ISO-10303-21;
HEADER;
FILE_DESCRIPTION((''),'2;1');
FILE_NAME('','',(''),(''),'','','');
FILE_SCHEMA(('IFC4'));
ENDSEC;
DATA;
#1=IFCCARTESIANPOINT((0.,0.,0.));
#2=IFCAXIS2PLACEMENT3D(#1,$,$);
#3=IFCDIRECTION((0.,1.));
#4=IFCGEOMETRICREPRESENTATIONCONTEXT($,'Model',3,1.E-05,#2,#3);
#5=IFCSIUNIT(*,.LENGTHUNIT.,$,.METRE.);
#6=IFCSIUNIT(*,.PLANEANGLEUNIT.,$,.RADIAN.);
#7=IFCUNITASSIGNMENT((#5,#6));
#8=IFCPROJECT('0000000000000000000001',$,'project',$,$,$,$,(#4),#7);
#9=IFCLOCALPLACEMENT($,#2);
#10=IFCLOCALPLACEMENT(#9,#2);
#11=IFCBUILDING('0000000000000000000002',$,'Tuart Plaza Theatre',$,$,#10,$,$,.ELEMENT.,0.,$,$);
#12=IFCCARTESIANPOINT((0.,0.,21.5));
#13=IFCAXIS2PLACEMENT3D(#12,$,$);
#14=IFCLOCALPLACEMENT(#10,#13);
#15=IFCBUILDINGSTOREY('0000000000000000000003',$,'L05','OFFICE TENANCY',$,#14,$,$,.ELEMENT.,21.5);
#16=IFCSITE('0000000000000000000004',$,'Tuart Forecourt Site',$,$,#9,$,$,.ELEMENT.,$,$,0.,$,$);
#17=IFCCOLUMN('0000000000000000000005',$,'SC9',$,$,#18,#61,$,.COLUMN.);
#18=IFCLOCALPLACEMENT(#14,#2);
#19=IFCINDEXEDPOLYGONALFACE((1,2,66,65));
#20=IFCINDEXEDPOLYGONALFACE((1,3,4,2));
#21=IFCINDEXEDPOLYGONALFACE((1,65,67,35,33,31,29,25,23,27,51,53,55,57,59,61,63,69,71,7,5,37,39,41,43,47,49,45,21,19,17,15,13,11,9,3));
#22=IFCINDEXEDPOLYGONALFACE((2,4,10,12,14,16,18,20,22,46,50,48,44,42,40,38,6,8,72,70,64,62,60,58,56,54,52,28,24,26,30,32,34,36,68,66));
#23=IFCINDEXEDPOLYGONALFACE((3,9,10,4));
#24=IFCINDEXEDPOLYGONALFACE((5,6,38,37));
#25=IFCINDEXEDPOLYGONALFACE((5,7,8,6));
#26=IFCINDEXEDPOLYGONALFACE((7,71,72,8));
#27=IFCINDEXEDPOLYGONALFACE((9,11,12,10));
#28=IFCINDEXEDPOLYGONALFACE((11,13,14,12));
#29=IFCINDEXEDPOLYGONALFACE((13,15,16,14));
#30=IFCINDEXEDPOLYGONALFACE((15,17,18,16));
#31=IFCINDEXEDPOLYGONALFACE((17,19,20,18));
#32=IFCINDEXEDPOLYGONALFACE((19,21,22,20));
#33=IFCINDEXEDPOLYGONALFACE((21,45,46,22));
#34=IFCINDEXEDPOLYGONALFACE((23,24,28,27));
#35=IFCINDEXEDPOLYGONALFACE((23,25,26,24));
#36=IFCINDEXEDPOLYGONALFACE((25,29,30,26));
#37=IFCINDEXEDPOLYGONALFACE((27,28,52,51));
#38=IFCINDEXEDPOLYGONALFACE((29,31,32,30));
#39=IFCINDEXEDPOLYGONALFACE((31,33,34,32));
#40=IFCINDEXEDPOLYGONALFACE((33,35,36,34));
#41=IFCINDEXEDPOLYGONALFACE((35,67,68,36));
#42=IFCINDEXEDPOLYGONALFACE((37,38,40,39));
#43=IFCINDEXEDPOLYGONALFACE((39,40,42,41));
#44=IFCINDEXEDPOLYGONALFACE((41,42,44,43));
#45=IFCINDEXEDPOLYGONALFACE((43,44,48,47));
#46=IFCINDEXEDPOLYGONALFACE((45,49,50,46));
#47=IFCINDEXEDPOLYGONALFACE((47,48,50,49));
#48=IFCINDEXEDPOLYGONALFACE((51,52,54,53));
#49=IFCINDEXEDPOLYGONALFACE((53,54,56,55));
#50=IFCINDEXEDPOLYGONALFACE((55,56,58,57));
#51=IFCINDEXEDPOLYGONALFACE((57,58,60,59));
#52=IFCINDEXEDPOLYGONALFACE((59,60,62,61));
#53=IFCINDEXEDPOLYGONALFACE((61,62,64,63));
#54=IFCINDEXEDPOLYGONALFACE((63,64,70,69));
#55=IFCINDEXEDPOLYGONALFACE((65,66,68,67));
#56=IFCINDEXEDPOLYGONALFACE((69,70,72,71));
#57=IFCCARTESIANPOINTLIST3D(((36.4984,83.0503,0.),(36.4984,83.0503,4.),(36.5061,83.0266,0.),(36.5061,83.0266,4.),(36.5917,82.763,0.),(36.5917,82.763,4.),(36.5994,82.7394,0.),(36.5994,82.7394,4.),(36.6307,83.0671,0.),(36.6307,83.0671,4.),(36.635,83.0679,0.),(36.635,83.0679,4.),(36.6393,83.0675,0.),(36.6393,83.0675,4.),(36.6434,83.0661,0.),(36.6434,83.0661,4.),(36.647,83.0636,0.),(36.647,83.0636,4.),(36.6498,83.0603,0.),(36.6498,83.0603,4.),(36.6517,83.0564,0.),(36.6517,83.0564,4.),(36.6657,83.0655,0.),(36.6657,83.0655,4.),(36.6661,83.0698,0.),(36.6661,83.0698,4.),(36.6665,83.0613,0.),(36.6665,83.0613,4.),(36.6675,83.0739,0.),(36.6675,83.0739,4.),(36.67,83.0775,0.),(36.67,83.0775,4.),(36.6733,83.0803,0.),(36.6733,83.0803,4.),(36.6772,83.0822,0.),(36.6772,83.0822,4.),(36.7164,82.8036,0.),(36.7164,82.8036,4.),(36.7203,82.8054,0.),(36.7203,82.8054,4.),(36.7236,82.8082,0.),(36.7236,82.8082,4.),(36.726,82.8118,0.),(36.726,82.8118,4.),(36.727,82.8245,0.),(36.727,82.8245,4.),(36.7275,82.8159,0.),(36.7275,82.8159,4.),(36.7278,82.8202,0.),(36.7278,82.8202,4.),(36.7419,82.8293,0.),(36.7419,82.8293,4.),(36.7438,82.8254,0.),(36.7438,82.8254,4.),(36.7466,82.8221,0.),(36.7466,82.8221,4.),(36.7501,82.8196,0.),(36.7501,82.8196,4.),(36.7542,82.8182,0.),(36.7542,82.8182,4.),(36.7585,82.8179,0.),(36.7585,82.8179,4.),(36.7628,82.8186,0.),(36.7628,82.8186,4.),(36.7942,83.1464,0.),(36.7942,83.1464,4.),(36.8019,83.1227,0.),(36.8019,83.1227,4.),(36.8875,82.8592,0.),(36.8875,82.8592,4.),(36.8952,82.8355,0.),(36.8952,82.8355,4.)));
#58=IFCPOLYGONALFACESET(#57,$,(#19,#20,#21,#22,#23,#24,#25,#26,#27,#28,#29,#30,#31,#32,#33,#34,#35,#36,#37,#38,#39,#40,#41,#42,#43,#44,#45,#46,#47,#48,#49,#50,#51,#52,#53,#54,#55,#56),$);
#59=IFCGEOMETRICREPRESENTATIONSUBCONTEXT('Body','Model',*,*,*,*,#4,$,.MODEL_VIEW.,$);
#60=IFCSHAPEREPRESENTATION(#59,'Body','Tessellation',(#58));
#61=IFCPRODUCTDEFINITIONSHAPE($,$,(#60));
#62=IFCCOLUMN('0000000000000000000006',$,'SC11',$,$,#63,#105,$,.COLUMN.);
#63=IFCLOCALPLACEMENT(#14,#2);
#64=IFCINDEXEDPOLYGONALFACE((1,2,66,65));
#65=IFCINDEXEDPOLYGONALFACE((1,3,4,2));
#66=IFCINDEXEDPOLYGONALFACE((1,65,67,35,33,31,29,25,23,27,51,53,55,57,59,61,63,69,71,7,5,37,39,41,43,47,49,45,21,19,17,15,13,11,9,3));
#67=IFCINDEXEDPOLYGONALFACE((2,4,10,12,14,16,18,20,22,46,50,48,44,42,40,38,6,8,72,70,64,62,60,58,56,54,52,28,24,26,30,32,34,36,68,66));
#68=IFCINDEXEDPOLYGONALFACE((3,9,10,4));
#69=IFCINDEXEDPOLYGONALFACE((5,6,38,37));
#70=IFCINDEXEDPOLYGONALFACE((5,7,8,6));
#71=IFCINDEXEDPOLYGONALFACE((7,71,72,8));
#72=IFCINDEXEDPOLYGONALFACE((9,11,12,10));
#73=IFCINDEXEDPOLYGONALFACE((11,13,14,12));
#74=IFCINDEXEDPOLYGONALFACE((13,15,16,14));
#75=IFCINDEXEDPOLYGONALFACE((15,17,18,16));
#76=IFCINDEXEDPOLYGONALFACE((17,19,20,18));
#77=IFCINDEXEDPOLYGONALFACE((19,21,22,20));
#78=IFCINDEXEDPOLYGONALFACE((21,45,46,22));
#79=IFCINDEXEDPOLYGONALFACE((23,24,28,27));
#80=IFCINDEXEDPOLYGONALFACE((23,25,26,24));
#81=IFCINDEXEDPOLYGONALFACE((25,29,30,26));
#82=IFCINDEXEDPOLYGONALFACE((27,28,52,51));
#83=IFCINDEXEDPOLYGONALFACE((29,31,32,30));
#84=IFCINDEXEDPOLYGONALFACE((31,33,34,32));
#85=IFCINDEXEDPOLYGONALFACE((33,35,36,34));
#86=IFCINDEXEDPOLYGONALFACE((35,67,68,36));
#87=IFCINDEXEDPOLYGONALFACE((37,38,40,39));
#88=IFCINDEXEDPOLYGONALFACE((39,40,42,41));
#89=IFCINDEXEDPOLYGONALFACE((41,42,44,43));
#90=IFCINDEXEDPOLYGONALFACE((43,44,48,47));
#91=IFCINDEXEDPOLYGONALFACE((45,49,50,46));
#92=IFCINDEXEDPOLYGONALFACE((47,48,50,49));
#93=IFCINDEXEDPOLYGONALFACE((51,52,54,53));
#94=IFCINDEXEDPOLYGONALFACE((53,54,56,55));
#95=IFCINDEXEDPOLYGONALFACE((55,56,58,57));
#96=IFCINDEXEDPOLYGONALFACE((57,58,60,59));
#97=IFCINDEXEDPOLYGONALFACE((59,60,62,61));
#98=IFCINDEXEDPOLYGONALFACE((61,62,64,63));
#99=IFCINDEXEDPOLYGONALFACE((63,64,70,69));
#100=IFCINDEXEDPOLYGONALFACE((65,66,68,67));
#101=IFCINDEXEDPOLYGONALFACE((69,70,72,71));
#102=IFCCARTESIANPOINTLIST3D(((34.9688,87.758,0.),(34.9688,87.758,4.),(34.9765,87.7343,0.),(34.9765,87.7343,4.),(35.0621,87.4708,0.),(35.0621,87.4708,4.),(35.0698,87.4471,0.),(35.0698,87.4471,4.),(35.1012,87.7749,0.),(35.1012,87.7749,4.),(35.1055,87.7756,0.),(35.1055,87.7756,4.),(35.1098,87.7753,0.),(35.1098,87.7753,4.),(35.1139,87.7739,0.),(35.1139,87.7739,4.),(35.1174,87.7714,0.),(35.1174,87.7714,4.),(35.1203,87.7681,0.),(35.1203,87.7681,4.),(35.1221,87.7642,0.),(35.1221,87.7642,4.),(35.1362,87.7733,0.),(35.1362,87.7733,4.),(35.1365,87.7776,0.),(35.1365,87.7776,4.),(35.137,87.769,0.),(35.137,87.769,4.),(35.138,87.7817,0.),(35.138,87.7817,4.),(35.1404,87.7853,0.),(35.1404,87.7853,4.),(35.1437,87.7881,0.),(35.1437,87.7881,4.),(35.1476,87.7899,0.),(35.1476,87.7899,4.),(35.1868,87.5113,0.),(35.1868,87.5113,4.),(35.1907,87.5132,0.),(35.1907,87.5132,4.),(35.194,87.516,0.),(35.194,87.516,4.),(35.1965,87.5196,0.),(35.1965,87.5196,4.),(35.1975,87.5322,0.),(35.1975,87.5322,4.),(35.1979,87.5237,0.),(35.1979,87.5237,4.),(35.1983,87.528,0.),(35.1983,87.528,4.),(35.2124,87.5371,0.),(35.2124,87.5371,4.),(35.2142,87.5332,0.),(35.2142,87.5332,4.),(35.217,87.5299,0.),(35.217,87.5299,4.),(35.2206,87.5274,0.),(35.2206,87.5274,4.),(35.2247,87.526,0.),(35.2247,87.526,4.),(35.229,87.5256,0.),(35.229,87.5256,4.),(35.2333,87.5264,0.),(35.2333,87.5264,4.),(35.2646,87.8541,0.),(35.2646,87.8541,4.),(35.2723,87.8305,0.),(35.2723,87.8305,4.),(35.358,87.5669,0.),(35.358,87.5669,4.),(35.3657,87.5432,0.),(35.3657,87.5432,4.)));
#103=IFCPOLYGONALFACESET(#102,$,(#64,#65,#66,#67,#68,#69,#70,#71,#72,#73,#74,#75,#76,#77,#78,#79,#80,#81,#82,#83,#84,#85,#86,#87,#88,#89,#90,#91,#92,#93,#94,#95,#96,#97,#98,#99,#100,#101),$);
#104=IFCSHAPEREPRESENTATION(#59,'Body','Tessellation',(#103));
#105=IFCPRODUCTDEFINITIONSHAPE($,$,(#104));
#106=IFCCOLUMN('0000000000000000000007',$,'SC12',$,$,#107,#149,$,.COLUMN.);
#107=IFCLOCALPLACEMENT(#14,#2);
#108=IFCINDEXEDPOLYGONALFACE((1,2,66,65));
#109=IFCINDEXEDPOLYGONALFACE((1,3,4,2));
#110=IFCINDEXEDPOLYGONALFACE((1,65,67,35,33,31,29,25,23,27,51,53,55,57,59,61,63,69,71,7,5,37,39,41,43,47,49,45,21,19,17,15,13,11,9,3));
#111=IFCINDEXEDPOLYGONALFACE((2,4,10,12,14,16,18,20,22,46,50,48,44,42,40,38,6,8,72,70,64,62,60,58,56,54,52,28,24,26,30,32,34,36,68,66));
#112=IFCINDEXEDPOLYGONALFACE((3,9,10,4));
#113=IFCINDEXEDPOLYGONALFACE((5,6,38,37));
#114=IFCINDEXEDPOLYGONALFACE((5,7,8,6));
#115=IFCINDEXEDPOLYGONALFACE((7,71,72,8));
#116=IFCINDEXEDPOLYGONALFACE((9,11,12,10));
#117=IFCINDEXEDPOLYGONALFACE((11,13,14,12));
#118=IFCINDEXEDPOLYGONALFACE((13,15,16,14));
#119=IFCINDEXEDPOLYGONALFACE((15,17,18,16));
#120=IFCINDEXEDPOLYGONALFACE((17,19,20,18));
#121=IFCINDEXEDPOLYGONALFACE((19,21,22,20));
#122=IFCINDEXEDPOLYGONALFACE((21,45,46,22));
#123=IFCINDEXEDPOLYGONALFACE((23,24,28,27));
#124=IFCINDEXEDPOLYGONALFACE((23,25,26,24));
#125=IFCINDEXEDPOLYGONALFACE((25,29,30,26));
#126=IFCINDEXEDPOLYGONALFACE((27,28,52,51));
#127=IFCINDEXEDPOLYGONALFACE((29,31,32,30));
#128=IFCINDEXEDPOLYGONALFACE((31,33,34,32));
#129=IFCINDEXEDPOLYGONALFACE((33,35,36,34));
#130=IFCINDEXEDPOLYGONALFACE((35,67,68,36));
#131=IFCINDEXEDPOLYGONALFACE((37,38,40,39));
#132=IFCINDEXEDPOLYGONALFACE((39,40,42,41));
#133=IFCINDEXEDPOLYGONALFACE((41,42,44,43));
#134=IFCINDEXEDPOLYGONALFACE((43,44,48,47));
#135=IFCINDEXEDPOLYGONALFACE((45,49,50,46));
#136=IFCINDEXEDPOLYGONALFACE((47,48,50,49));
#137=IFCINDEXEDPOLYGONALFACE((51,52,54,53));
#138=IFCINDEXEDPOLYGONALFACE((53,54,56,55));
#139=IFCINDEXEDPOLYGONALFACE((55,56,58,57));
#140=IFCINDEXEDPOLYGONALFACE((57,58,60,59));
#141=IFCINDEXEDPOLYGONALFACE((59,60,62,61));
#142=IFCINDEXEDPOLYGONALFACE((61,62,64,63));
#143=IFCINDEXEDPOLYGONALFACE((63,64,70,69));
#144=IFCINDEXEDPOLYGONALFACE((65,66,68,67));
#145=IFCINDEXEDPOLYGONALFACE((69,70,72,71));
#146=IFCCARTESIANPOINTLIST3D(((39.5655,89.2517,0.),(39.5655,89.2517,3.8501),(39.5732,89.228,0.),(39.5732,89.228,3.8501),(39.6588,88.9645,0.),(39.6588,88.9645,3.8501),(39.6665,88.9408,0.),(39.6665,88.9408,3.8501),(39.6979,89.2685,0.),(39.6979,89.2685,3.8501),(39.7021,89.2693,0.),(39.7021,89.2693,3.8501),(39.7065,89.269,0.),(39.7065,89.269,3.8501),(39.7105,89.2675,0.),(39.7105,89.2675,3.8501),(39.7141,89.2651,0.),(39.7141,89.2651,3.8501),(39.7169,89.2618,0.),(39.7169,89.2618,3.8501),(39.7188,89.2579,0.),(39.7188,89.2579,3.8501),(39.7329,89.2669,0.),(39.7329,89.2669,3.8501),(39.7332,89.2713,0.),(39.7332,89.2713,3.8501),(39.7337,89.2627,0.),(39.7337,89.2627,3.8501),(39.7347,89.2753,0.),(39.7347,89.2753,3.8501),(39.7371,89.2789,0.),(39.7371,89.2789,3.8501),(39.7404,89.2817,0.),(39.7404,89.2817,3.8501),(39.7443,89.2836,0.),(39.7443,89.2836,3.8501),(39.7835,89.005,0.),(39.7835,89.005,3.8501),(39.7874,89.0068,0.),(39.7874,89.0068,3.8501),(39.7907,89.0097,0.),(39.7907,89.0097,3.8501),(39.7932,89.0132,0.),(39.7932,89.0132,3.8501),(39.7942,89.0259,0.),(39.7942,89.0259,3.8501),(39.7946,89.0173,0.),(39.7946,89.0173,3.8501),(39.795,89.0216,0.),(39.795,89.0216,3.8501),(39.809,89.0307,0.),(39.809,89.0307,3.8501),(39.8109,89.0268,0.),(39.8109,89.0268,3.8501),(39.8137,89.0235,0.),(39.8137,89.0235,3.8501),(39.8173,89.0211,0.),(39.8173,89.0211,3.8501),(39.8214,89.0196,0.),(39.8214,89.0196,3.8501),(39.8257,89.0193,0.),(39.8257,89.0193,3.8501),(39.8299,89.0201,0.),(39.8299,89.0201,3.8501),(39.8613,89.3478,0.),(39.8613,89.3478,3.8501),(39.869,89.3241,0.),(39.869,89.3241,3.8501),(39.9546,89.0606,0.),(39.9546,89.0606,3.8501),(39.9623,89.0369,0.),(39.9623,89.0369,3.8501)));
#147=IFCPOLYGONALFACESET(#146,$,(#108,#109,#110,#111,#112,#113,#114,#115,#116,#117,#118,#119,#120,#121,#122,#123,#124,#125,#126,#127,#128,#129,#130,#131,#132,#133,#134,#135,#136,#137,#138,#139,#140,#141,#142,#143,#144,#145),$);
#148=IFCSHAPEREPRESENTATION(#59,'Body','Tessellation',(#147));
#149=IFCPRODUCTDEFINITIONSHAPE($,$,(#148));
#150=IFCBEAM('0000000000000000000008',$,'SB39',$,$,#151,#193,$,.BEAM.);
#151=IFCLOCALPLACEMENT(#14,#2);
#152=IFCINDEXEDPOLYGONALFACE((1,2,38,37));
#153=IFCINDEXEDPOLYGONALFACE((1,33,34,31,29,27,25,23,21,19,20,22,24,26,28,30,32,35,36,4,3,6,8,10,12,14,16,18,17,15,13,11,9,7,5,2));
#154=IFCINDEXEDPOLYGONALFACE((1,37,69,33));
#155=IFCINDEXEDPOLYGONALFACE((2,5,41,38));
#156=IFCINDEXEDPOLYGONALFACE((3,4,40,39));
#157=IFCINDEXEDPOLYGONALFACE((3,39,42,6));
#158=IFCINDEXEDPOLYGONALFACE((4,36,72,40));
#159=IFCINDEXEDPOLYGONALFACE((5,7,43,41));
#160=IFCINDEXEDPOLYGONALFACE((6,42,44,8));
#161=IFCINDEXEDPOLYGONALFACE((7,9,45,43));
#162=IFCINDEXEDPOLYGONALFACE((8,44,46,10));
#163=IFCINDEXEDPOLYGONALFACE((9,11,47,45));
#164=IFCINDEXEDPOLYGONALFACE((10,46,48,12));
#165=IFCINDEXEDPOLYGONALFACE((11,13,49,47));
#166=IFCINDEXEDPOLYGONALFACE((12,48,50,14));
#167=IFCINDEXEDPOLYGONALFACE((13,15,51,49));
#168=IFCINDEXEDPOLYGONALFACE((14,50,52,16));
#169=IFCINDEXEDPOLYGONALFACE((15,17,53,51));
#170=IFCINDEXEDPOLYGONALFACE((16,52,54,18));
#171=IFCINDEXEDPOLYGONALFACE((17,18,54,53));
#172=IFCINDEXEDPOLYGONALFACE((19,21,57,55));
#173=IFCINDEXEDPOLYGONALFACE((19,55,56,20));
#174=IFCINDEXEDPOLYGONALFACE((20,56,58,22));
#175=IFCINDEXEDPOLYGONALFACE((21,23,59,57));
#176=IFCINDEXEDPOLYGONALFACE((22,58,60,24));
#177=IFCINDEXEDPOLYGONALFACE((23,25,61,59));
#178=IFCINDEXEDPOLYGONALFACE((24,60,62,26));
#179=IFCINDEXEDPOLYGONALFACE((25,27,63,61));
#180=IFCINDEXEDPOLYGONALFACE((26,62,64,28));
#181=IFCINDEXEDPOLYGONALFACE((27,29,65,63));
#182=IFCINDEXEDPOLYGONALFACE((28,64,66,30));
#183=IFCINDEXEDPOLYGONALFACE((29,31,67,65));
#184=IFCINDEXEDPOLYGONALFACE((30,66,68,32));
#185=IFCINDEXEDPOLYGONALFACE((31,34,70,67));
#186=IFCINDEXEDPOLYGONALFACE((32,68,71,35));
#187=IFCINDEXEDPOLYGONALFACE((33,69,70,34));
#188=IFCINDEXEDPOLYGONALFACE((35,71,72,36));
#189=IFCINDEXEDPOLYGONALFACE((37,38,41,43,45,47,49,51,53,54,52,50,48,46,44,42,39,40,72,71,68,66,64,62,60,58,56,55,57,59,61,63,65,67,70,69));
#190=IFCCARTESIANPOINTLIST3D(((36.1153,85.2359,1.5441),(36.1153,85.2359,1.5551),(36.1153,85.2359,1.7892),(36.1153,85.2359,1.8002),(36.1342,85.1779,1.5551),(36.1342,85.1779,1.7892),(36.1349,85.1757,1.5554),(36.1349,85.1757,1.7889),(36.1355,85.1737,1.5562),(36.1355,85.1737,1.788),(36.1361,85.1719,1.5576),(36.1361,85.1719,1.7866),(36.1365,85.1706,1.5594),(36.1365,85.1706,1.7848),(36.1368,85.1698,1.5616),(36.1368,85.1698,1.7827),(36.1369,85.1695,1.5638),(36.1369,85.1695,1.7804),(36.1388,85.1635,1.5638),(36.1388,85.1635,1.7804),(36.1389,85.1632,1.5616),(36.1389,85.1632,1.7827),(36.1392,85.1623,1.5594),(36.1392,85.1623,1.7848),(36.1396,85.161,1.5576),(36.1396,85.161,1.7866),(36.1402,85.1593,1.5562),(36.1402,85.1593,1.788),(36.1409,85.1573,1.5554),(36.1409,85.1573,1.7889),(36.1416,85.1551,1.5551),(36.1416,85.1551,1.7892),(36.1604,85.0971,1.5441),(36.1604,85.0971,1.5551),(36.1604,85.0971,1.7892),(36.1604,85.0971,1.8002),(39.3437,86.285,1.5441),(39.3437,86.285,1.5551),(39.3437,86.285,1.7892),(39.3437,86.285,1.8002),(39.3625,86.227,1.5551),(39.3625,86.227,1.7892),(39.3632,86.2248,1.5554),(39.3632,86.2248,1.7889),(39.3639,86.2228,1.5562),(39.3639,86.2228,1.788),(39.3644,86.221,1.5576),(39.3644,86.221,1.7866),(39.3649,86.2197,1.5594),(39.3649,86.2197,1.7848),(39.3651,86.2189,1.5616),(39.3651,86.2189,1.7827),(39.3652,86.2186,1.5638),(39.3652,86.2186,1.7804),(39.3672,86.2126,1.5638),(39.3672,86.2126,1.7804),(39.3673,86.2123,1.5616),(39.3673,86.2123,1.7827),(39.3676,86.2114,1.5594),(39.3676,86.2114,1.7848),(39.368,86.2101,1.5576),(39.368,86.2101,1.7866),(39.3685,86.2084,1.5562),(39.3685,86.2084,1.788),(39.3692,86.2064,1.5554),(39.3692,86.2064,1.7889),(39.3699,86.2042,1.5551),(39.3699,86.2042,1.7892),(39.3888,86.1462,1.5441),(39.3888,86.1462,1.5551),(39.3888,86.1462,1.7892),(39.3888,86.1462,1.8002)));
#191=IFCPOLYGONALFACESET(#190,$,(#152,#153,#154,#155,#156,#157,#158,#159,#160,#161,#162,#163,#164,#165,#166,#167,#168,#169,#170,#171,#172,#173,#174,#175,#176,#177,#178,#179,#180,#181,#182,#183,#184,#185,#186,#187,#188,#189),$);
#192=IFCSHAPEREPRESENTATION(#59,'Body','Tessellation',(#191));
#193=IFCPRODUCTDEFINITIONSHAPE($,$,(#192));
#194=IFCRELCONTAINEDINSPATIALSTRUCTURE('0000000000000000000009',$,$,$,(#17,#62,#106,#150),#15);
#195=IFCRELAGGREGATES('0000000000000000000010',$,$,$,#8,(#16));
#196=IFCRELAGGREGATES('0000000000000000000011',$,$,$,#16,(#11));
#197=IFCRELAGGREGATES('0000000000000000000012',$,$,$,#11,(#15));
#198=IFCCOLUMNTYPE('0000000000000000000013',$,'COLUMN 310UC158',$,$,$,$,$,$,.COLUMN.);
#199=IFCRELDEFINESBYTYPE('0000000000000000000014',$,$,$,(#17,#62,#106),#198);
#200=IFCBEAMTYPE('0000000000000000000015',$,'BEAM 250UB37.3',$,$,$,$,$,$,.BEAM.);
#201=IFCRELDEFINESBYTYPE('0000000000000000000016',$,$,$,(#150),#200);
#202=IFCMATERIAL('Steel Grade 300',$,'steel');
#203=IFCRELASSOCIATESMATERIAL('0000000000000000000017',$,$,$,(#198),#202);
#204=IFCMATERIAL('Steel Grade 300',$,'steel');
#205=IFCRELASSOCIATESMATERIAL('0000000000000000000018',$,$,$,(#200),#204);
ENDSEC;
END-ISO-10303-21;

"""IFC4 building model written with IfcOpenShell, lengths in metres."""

from ifc_helpers import new_model, si_unit, direction, frame, origin, origin_2d, place, context, subcontext, project, spatial, i_section, extrude, material, material_profile, profile_set, type_object, element, save


model = new_model("IFC4")

# Units and contexts
model_context = context("Model", 3, precision=1e-05, world=origin(), true_north=direction((0.0, 1.0)))
body_context = subcontext(model_context, "Body", "Model", "MODEL_VIEW")
ifc_project = project(units=[si_unit("LENGTHUNIT", "METRE"), si_unit("PLANEANGLEUNIT", "RADIAN")], contexts=[model_context])

# Site, building, storey
site_placement = place(None, origin())
site = spatial("IfcSite", under=ifc_project, at=site_placement, Name="Tuart Forecourt Site", CompositionType="ELEMENT", RefElevation=0.0)
building_placement = place(site_placement, origin())
building = spatial("IfcBuilding", under=site, at=building_placement, Name="Tuart Plaza Theatre", CompositionType="ELEMENT", ElevationOfRefHeight=0.0)
storey_placement = place(building_placement, frame((0.0, 0.0, 21.5)))
storey = spatial("IfcBuildingStorey", under=building, at=storey_placement, Name="L05", Description="OFFICE TENANCY", CompositionType="ELEMENT", Elevation=21.5)

# Columns
ifc_material_1 = material(Name="Steel Grade 300", Category="steel")
ifc_material_profile_1 = material_profile(ifc_material_1, i_section(OverallWidth=0.311, OverallDepth=0.3269, WebThickness=0.0156, FlangeThickness=0.0249, FilletRadius=0.0166, at=origin_2d()), Name="310UC158")
ifc_profile_set_1 = profile_set([ifc_material_profile_1], Name="Steel Grade 300")
column_type = type_object("IfcColumnType", Name="COLUMN 310UC158", PredefinedType="COLUMN", material=ifc_profile_set_1)
for number, where, z_axis, x_axis, name in (
    (1, (36.6968, 82.9429, 0.0), (0.0, 0.0, 1.0), (0.951057, 0.309017, 0.0), "SC9"),
    (2, (35.1672, 87.6506, 0.0), (0.0, 0.0, 1.0), (0.951057, 0.309017, 0.0), "SC11"),
):
    element("IfcColumn", number, at=place(storey_placement, frame(where, z_axis=z_axis, x_axis=x_axis)), inside=storey, type_object=column_type, Name=name, PredefinedType="COLUMN", context=body_context, shape_type="SweptSolid", body=[
        extrude(i_section(OverallWidth=0.311, OverallDepth=0.3269, WebThickness=0.0156, FlangeThickness=0.0249, FilletRadius=0.0166, at=origin_2d()), origin(), (0.0, 0.0, 1.0), 4.0),
    ])
column_placement = place(storey_placement, frame((39.7639, 89.1443, 0.0), z_axis=(0.0, 0.0, 1.0), x_axis=(0.951057, 0.309017, 0.0)))
element("IfcColumn", 3, at=column_placement, inside=storey, type_object=column_type, Name="SC12", PredefinedType="COLUMN", context=body_context, shape_type="SweptSolid", body=[
    extrude(i_section(OverallWidth=0.311, OverallDepth=0.3269, WebThickness=0.0156, FlangeThickness=0.0249, FilletRadius=0.0166, at=origin_2d()), origin(), (0.0, 0.0, 1.0), 3.8501),
])

# Beam
ifc_material_2 = material(Name="Steel Grade 300", Category="steel")
ifc_material_profile_2 = material_profile(ifc_material_2, i_section(OverallWidth=0.146, OverallDepth=0.2561, WebThickness=0.0063, FlangeThickness=0.011, FilletRadius=0.0088, at=origin_2d()), Name="250UB37.3")
ifc_profile_set_2 = profile_set([ifc_material_profile_2], Name="Steel Grade 300")
beam_type = type_object("IfcBeamType", Name="BEAM 250UB37.3", PredefinedType="BEAM", material=ifc_profile_set_2)
for number, where, z_axis, x_axis, name in (
    (4, (39.3662, 86.2156, 1.6721), (-0.951044, -0.309055, 0.0), (0.309055, -0.951044, 0.0), "SB39"),
):
    element("IfcBeam", number, at=place(storey_placement, frame(where, z_axis=z_axis, x_axis=x_axis)), inside=storey, type_object=beam_type, Name=name, PredefinedType="BEAM", context=body_context, shape_type="SweptSolid", body=[
        extrude(i_section(OverallWidth=0.146, OverallDepth=0.2561, WebThickness=0.0063, FlangeThickness=0.011, FilletRadius=0.0088, at=origin_2d()), origin(), (0.0, 0.0, 1.0), 3.3945),
    ])

save(model, "model.ifc")
